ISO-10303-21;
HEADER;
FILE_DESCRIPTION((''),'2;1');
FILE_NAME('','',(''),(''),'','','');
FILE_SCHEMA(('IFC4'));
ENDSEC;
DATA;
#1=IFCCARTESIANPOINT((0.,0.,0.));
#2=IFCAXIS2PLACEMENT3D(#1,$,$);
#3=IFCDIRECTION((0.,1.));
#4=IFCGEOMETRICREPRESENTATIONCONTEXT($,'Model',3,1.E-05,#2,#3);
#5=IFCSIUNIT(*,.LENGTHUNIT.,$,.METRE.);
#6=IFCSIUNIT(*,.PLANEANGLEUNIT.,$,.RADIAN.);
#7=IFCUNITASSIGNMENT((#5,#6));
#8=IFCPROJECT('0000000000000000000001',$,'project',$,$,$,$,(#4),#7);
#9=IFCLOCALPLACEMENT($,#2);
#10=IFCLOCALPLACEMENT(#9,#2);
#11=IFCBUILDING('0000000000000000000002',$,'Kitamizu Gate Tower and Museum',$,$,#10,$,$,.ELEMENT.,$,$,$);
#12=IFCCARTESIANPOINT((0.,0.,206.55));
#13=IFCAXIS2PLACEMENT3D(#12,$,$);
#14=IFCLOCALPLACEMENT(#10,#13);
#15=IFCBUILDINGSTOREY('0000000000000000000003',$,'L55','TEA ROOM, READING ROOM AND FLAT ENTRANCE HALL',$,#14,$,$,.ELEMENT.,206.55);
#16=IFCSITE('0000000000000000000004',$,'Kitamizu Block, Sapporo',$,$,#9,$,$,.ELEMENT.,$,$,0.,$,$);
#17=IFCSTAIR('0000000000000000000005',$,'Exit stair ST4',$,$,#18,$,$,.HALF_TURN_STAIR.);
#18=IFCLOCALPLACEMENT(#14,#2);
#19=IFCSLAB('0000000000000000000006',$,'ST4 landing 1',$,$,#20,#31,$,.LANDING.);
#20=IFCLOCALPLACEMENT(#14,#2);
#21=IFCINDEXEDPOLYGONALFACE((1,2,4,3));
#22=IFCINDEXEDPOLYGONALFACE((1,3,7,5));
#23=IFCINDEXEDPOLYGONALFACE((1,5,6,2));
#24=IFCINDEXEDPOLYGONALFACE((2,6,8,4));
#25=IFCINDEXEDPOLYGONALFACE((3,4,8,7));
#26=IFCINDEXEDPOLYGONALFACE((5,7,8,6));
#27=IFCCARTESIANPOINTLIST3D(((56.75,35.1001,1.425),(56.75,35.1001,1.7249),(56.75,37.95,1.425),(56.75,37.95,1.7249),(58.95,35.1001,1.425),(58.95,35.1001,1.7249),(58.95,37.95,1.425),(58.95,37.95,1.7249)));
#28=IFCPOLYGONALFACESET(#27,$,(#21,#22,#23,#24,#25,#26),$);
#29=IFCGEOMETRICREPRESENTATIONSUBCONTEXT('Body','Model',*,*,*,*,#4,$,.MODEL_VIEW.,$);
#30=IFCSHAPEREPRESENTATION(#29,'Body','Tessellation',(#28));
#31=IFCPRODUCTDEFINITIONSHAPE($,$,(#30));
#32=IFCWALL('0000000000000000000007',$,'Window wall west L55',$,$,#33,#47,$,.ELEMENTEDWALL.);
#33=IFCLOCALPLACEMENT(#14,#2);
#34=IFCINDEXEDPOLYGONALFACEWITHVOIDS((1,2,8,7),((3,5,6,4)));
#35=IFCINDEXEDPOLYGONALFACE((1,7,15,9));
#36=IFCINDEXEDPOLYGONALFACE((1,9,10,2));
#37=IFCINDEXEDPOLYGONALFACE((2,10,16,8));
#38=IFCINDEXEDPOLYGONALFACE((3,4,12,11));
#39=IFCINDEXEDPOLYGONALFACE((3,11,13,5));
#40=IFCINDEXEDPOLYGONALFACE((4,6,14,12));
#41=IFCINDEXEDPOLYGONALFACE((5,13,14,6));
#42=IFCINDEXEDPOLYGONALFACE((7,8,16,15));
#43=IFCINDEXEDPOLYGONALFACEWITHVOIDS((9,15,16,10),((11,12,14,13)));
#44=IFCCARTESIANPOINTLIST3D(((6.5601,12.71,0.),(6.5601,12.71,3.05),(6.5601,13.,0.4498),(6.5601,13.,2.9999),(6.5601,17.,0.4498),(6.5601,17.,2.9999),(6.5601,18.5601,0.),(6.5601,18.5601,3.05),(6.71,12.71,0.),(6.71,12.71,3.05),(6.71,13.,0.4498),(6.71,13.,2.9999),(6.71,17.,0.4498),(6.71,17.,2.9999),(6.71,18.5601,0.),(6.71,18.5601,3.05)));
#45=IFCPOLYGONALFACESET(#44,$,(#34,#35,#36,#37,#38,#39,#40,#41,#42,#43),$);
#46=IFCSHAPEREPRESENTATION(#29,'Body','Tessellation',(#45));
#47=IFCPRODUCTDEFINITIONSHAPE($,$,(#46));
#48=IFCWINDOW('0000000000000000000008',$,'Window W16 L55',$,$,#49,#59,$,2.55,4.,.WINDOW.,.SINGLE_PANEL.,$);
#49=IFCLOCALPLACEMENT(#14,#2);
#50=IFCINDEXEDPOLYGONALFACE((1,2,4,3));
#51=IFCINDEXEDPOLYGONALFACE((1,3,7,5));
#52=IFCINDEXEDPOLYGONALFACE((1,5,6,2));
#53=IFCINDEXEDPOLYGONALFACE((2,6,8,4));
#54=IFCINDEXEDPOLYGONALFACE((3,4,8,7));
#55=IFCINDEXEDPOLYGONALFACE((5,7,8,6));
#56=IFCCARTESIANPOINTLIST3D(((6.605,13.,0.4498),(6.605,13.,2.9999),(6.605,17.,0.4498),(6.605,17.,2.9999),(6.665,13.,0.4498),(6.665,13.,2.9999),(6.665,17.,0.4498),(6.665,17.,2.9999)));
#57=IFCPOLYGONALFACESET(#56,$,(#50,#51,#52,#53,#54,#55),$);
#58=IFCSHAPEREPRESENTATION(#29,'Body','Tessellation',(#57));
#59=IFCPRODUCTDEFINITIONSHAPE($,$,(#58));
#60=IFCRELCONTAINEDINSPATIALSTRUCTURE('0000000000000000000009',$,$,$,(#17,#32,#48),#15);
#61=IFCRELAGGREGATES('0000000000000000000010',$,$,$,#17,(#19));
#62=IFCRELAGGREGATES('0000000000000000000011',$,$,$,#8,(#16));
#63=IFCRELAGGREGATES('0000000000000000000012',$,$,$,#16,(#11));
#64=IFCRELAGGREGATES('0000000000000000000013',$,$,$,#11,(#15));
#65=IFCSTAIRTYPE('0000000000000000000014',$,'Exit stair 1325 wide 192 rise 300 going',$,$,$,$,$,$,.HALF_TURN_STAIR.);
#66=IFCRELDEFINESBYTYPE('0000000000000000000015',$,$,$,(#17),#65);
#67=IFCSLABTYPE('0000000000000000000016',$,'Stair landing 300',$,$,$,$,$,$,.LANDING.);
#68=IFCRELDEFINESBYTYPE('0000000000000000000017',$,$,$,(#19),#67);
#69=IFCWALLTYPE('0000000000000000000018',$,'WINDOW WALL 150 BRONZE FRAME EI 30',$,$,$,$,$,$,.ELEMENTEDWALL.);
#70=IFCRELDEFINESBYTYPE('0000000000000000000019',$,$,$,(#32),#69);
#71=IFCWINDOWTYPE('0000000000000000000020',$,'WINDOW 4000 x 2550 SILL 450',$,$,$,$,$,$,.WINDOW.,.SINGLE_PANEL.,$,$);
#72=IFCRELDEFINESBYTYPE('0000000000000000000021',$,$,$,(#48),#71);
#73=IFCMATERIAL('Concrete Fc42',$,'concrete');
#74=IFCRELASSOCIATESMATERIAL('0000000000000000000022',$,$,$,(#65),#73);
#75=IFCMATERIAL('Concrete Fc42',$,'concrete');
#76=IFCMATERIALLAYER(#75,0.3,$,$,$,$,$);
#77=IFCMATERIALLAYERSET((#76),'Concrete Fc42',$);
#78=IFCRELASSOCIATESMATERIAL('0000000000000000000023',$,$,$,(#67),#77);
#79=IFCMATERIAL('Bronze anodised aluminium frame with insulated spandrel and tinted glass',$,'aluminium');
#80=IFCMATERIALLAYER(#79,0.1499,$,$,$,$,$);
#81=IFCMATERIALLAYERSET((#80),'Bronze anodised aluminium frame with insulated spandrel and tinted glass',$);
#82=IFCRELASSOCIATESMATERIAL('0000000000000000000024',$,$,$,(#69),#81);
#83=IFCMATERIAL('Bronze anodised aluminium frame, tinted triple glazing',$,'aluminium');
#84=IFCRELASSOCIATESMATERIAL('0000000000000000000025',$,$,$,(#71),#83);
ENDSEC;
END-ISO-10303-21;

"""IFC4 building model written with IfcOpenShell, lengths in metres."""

from ifc_helpers import new_model, si_unit, direction, frame, frame_2d, origin, place, context, subcontext, project, spatial, polyline, rectangle, outline, extrude, material, layer, layer_set, type_object, element, fill, aggregate, save


model = new_model("IFC4")

# Units and contexts
model_context = context("Model", 3, precision=1e-05, world=origin(), true_north=direction((0.0, 1.0)))
body_context = subcontext(model_context, "Body", "Model", "MODEL_VIEW")
ifc_project = project(units=[si_unit("LENGTHUNIT", "METRE"), si_unit("PLANEANGLEUNIT", "RADIAN")], contexts=[model_context])

# Site, building, storey
site_placement = place(None, origin())
site = spatial("IfcSite", under=ifc_project, at=site_placement, Name="Kitamizu Block, Sapporo", CompositionType="ELEMENT", RefElevation=0.0)
building_placement = place(site_placement, origin())
building = spatial("IfcBuilding", under=site, at=building_placement, Name="Kitamizu Gate Tower and Museum", CompositionType="ELEMENT")
storey_placement = place(building_placement, frame((0.0, 0.0, 206.55)))
storey = spatial("IfcBuildingStorey", under=building, at=storey_placement, Name="L55", Description="TEA ROOM, READING ROOM AND FLAT ENTRANCE HALL", CompositionType="ELEMENT", Elevation=206.55)

# Stair, slab
ifc_material_1 = material(Name="Concrete Fc42", Category="concrete")
stair_type = type_object("IfcStairType", Name="Exit stair 1325 wide 192 rise 300 going", PredefinedType="HALF_TURN_STAIR", material=ifc_material_1)
stair_placement = place(storey_placement, origin())
stair = element("IfcStair", 1, at=stair_placement, inside=storey, type_object=stair_type, Name="Exit stair ST4", PredefinedType="HALF_TURN_STAIR")
ifc_material_2 = material(Name="Concrete Fc42", Category="concrete")
ifc_layer_1 = layer(ifc_material_2, 0.3)
ifc_layer_set_1 = layer_set([ifc_layer_1], Name="Concrete Fc42")
slab_type = type_object("IfcSlabType", Name="Stair landing 300", PredefinedType="LANDING", material=ifc_layer_set_1)
slab_placement = place(storey_placement, frame((0.0, 0.0, 1.425)))
slab = element("IfcSlab", 2, at=slab_placement, type_object=slab_type, Name="ST4 landing 1", PredefinedType="LANDING", context=body_context, shape_type="SweptSolid", body=[
    extrude(outline(polyline([(56.75, 35.1001), (58.95, 35.1001), (58.95, 37.95), (56.75, 37.95), (56.75, 35.1001)])), origin(), (0.0, 0.0, 1.0), 0.2998),
])
aggregate(stair, [slab])

# Shared definitions
ifc_material_3 = material(Name="Bronze anodised aluminium frame with insulated spandrel and tinted glass", Category="aluminium")
ifc_layer_2 = layer(ifc_material_3, 0.1499)
ifc_layer_set_2 = layer_set([ifc_layer_2], Name="Bronze anodised aluminium frame with insulated spandrel and tinted glass")
wall_type = type_object("IfcWallType", Name="WINDOW WALL 150 BRONZE FRAME EI 30", PredefinedType="ELEMENTEDWALL", material=ifc_layer_set_2)

# Wall, opening, window
wall_1_placement = place(storey_placement, frame((6.635, 12.71, 0.0), z_axis=(0.0, 0.0, 1.0), x_axis=(0.0, 1.0, 0.0)))
wall_1 = element("IfcWall", 3, at=wall_1_placement, inside=storey, type_object=wall_type, Name="Window wall west L55", PredefinedType="ELEMENTEDWALL", context=body_context, shape_type="SweptSolid", body=[
    extrude(rectangle(XDim=5.8501, YDim=0.1499, at=frame_2d((2.925, 0.0))), origin(), (0.0, 0.0, 1.0), 3.05),
])
opening_1_placement = place(wall_1_placement, frame((0.29, 0.0, 0.45)))
opening_1 = element("IfcOpeningElement", 4, at=opening_1_placement, cuts=wall_1, PredefinedType="OPENING", context=body_context, shape_type="SweptSolid", body=[
    extrude(rectangle(XDim=4.0, YDim=2.55, at=frame_2d((2.0, 1.2749))), frame((0.0, 0.085, 0.0), z_axis=(0.0, -1.0, 0.0), x_axis=(1.0, 0.0, 0.0)), (0.0, 0.0, 1.0), 0.1699),
])
ifc_material_4 = material(Name="Bronze anodised aluminium frame, tinted triple glazing", Category="aluminium")
window_type_1 = type_object("IfcWindowType", Name="WINDOW 4000 x 2550 SILL 450", PartitioningType="SINGLE_PANEL", PredefinedType="WINDOW", material=ifc_material_4)
window_1_placement = place(opening_1_placement, origin())
window_1 = element("IfcWindow", 5, at=window_1_placement, inside=storey, type_object=window_type_1, Name="Window W16 L55", OverallHeight=2.55, OverallWidth=4.0, PartitioningType="SINGLE_PANEL", PredefinedType="WINDOW", context=body_context, shape_type="SweptSolid", body=[
    extrude(rectangle(XDim=4.0, YDim=2.55, at=frame_2d((2.0, 1.2749))), frame((0.0, 0.03, 0.0), z_axis=(0.0, -1.0, 0.0), x_axis=(1.0, 0.0, 0.0)), (0.0, 0.0, 1.0), 0.0601),
])
fill(opening_1, window_1)

save(model, "model.ifc")
